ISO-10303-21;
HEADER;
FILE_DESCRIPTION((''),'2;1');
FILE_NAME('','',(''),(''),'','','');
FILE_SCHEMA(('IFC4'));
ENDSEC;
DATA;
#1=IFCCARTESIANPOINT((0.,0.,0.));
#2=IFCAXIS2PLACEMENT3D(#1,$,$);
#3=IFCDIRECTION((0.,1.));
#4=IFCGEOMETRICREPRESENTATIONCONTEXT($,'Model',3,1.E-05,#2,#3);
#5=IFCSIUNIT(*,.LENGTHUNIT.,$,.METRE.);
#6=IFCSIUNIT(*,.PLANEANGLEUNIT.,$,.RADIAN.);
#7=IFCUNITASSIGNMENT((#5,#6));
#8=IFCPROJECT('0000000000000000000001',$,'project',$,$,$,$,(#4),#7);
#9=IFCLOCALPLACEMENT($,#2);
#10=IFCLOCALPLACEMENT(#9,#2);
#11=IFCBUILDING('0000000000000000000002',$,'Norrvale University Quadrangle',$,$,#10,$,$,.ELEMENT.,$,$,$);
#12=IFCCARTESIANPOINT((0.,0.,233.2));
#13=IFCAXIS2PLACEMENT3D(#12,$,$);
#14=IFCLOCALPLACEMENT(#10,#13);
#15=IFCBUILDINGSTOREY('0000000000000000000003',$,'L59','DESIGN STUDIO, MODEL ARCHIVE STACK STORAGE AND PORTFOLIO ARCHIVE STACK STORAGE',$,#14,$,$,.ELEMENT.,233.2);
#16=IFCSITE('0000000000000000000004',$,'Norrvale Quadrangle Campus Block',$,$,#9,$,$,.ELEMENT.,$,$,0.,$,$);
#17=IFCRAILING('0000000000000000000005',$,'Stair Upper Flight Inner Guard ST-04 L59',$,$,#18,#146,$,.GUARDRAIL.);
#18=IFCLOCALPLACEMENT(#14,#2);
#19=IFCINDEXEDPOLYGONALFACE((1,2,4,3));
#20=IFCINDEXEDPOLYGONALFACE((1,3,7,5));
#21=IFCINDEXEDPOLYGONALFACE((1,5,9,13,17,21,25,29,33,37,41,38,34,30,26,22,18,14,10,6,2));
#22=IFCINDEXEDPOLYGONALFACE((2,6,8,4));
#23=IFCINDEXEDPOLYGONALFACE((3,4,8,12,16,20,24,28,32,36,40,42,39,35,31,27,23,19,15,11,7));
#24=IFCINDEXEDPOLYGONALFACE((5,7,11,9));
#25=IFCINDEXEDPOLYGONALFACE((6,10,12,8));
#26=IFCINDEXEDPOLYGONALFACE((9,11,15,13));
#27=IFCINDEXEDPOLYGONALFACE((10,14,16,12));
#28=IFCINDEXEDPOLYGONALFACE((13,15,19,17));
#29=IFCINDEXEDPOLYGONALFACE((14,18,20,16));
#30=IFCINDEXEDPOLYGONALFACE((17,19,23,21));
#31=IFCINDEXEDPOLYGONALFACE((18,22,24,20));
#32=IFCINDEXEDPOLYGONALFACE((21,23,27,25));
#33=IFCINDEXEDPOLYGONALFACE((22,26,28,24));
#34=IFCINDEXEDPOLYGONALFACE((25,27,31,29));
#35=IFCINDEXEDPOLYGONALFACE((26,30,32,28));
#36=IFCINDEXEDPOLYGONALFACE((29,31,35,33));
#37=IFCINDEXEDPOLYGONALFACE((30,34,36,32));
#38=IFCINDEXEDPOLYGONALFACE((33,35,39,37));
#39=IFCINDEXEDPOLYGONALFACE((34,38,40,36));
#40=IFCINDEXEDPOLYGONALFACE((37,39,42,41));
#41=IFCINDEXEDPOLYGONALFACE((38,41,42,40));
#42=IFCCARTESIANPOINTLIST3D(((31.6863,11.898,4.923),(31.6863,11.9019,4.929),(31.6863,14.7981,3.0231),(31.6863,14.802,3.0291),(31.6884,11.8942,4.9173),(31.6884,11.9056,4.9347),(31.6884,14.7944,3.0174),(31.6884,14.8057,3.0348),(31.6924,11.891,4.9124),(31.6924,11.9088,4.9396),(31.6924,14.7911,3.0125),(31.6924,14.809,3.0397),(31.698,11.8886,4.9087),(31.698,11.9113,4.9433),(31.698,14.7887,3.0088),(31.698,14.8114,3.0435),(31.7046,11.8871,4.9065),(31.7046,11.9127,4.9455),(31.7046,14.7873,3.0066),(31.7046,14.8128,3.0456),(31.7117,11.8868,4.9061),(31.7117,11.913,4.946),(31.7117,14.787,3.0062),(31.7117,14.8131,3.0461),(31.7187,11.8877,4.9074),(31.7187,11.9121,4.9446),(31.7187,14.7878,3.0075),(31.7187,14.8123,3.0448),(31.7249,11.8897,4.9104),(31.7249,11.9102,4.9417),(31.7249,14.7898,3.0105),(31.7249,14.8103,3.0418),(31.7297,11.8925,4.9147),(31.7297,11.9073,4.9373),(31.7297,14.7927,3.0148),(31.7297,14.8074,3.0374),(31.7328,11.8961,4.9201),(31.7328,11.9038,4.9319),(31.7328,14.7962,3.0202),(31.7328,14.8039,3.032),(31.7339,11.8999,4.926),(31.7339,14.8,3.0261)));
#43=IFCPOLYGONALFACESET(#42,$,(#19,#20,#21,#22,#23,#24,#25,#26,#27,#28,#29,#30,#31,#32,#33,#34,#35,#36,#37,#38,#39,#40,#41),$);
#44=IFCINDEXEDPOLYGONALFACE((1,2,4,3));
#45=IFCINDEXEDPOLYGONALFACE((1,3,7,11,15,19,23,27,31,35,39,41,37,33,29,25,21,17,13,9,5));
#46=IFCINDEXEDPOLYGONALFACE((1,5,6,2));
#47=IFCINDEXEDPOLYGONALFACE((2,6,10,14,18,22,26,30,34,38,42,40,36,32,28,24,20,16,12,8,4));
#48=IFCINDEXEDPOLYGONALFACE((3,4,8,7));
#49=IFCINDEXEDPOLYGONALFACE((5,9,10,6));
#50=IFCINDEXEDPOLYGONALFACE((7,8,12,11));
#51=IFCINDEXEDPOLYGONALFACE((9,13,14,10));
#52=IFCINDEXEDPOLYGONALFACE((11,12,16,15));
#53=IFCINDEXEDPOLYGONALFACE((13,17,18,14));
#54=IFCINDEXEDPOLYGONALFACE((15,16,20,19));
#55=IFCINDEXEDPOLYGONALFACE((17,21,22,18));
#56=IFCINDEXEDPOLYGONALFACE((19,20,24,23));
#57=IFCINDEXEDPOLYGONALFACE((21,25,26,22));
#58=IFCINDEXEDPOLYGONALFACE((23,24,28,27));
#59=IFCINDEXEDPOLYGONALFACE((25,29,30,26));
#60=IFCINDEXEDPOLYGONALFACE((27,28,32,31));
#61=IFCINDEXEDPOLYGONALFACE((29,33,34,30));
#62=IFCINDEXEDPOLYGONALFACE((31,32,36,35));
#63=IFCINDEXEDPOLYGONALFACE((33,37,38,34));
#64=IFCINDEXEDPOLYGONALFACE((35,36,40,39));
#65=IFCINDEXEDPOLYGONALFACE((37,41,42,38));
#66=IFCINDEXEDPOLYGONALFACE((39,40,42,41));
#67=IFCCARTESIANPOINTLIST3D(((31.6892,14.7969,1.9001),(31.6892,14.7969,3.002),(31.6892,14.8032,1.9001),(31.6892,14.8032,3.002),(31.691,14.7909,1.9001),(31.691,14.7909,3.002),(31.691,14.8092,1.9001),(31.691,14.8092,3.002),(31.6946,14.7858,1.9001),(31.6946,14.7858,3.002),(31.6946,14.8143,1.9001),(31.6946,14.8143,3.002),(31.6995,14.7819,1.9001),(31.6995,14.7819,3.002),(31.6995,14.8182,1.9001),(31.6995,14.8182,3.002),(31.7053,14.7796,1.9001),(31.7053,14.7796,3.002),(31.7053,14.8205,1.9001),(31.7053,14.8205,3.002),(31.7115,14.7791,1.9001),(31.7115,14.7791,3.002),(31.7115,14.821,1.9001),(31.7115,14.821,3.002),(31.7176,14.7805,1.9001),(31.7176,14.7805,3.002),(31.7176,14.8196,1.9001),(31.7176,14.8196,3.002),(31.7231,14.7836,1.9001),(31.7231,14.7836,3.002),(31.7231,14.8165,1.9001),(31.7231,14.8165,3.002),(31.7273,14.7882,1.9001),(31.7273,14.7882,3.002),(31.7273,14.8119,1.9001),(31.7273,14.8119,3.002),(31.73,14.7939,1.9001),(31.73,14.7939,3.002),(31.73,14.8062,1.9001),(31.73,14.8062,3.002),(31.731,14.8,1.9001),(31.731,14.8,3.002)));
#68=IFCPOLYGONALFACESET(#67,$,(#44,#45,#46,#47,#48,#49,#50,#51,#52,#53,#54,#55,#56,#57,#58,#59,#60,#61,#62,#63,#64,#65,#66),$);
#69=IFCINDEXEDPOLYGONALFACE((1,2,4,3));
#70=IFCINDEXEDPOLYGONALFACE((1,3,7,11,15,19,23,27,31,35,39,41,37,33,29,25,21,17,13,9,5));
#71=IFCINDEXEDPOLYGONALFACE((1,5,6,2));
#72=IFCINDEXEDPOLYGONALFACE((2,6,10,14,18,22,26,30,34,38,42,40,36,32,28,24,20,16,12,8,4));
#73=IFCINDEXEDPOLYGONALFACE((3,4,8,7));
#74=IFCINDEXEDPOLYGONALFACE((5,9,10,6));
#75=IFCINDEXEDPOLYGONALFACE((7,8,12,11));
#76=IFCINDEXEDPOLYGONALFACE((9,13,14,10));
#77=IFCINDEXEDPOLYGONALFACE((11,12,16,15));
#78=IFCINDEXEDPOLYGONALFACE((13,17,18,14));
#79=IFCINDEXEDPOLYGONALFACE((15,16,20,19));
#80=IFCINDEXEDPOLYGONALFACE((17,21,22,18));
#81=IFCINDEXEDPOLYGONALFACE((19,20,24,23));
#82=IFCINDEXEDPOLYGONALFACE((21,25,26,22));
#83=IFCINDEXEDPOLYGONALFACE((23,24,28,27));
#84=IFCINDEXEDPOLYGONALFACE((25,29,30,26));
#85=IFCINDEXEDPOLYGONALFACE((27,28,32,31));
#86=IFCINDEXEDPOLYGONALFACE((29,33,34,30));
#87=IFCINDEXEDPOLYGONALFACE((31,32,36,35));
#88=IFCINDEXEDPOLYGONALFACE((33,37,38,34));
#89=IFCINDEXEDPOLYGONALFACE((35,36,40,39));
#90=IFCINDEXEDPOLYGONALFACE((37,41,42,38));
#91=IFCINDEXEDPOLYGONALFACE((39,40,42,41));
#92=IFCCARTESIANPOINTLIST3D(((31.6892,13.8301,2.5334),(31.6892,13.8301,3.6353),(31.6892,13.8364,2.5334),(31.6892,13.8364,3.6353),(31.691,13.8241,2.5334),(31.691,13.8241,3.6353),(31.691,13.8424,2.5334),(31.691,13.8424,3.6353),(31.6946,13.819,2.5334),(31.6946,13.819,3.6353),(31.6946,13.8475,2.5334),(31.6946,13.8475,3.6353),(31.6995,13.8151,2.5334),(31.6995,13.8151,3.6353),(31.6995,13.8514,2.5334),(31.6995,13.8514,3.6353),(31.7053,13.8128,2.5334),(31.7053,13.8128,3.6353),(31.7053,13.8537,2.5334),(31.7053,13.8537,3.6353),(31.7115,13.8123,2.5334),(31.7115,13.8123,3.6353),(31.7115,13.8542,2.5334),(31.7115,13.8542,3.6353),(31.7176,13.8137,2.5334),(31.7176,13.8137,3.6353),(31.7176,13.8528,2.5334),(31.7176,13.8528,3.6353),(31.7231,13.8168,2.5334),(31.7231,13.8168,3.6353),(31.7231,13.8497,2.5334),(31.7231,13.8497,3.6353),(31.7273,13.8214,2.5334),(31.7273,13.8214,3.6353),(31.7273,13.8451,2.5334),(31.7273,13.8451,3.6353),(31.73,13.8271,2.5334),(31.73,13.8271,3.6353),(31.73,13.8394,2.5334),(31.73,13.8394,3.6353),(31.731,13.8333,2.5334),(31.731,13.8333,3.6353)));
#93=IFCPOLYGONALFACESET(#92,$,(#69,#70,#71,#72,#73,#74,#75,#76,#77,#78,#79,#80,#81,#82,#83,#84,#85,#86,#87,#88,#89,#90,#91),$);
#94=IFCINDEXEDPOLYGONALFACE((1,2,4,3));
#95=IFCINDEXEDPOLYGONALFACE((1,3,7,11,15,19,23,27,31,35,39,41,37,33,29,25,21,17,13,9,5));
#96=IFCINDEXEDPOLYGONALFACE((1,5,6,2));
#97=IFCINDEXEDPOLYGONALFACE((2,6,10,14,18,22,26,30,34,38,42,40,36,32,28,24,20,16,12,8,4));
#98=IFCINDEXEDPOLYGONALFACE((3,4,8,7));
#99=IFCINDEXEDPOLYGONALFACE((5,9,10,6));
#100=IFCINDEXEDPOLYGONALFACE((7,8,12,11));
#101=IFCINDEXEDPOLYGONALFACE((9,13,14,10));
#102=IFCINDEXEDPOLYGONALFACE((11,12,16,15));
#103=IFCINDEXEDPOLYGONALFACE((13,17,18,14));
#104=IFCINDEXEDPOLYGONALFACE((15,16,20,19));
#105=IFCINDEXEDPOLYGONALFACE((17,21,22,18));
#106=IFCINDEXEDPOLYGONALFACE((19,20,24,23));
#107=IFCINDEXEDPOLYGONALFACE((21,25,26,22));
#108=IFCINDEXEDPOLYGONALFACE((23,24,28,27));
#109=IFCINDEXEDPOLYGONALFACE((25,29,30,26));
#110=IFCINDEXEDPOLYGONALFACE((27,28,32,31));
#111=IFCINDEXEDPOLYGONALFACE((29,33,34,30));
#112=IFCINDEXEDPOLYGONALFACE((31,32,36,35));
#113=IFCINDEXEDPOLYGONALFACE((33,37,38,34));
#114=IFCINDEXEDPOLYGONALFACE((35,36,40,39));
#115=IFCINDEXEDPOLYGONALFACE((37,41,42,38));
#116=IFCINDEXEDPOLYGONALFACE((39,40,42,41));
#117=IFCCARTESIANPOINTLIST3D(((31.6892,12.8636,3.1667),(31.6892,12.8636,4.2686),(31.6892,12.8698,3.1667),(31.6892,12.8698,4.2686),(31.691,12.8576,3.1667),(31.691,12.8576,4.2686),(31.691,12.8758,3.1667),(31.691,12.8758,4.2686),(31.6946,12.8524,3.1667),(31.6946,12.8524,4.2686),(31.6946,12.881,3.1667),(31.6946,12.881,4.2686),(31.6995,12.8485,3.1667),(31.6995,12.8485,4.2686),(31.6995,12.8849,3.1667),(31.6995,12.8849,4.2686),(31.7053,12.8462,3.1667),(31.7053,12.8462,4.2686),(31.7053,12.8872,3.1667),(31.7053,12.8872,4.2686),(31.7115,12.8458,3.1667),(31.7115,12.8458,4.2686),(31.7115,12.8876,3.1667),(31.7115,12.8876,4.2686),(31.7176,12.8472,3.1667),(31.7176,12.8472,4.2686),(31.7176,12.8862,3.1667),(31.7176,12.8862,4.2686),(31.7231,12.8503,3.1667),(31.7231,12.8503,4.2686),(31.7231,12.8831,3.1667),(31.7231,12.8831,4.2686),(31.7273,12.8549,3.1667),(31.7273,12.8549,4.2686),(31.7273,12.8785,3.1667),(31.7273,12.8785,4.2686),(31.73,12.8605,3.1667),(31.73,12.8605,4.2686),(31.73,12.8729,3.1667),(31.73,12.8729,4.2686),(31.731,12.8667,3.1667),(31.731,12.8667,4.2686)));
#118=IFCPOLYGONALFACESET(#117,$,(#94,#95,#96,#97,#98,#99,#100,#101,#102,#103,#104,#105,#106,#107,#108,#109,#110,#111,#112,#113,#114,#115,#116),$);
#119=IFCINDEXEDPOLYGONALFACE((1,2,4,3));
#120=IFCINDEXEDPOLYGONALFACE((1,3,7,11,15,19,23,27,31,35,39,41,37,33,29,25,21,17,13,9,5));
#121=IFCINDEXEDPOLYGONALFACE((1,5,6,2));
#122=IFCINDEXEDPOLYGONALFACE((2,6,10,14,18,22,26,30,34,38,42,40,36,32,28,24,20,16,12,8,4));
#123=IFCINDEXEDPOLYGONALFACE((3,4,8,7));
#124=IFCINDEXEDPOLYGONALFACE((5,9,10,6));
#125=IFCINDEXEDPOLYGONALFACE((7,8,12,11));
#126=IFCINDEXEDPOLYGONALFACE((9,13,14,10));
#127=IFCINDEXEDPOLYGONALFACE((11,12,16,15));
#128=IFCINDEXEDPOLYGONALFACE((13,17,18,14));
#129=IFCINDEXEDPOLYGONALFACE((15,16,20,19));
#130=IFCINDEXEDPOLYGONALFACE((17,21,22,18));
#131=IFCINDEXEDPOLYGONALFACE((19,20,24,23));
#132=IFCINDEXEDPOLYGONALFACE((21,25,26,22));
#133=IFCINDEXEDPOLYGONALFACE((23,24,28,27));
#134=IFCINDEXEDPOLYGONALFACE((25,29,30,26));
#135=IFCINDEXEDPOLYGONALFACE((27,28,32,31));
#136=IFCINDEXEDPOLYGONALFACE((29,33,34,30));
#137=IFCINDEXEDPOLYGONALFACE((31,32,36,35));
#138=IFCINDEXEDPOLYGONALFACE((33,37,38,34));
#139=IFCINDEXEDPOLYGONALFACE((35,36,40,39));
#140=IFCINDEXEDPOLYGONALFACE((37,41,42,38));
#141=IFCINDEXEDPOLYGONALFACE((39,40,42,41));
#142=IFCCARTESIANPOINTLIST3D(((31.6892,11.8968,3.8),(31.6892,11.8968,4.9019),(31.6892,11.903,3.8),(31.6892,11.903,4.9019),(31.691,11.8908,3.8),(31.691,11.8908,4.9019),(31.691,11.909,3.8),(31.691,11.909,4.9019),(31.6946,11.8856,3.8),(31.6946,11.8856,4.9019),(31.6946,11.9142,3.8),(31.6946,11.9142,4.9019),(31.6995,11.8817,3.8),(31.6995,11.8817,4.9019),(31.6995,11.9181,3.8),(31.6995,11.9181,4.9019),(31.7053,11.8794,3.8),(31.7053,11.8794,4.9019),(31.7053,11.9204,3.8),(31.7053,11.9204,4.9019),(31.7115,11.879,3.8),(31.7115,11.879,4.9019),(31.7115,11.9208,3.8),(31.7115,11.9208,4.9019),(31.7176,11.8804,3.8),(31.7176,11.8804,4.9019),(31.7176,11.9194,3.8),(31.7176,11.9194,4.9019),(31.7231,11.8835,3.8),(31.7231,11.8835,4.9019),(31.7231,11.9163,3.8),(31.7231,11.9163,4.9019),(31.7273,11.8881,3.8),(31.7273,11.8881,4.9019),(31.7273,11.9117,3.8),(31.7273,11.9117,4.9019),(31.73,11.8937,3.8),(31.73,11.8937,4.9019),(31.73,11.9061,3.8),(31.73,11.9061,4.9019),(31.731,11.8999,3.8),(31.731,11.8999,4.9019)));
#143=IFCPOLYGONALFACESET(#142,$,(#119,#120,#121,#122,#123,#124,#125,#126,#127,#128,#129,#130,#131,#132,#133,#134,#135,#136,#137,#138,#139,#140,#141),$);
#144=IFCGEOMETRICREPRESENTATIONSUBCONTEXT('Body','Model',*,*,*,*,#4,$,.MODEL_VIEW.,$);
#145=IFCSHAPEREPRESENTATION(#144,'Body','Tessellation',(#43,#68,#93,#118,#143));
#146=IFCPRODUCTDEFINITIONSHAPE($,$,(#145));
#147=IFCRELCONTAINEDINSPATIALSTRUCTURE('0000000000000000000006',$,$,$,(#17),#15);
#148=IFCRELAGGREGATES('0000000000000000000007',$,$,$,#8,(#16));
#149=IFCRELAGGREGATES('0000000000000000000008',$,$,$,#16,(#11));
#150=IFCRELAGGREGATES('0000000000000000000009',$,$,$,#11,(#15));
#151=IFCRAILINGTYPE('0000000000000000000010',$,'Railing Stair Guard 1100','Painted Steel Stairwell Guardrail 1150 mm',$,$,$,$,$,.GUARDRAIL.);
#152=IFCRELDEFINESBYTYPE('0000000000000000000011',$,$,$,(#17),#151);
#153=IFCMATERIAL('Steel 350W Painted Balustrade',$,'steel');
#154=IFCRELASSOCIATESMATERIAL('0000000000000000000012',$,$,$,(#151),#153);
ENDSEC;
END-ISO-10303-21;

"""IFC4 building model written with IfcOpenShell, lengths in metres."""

from ifc_helpers import new_model, si_unit, direction, frame, origin, origin_2d, place, context, subcontext, project, spatial, circle, extrude, material, type_object, element, save


model = new_model("IFC4")

# Units and contexts
model_context = context("Model", 3, precision=1e-05, world=origin(), true_north=direction((0.0, 1.0)))
body_context = subcontext(model_context, "Body", "Model", "MODEL_VIEW")
ifc_project = project(units=[si_unit("LENGTHUNIT", "METRE"), si_unit("PLANEANGLEUNIT", "RADIAN")], contexts=[model_context])

# Site, building, storey
site_placement = place(None, origin())
site = spatial("IfcSite", under=ifc_project, at=site_placement, Name="Norrvale Quadrangle Campus Block", CompositionType="ELEMENT", RefElevation=0.0)
building_placement = place(site_placement, origin())
building = spatial("IfcBuilding", under=site, at=building_placement, Name="Norrvale University Quadrangle", CompositionType="ELEMENT")
storey_placement = place(building_placement, frame((0.0, 0.0, 233.2)))
storey = spatial("IfcBuildingStorey", under=building, at=storey_placement, Name="L59", Description="DESIGN STUDIO, MODEL ARCHIVE STACK STORAGE AND PORTFOLIO ARCHIVE STACK STORAGE", CompositionType="ELEMENT", Elevation=233.2)

# Railing
ifc_material_1 = material(Name="Steel 350W Painted Balustrade", Category="steel")
railing_type_1 = type_object("IfcRailingType", Name="Railing Stair Guard 1100", Description="Painted Steel Stairwell Guardrail 1150 mm", PredefinedType="GUARDRAIL", material=ifc_material_1)
railing_1_placement = place(storey_placement, frame((31.71, 14.8, 1.9001)))
element("IfcRailing", 1, at=railing_1_placement, inside=storey, type_object=railing_type_1, Name="Stair Upper Flight Inner Guard ST-04 L59", PredefinedType="GUARDRAIL", context=body_context, shape_type="SweptSolid", body=[
    extrude(circle(Radius=0.0239, at=origin_2d()), frame((0.0, 0.0, 1.126), z_axis=(0.0, -0.836487, 0.547987), x_axis=(1.0, 0.0, 0.0)), (0.0, 0.0, 1.0), 3.467),
    extrude(circle(Radius=0.021, at=origin_2d()), origin(), (0.0, 0.0, 1.0), 1.1018),
    extrude(circle(Radius=0.021, at=origin_2d()), frame((0.0, -0.9668, 0.6333)), (0.0, 0.0, 1.0), 1.1018),
    extrude(circle(Radius=0.021, at=origin_2d()), frame((0.0, -1.9333, 1.2666)), (0.0, 0.0, 1.0), 1.1018),
    extrude(circle(Radius=0.021, at=origin_2d()), frame((0.0, -2.9001, 1.8999)), (0.0, 0.0, 1.0), 1.1018),
])

save(model, "model.ifc")
